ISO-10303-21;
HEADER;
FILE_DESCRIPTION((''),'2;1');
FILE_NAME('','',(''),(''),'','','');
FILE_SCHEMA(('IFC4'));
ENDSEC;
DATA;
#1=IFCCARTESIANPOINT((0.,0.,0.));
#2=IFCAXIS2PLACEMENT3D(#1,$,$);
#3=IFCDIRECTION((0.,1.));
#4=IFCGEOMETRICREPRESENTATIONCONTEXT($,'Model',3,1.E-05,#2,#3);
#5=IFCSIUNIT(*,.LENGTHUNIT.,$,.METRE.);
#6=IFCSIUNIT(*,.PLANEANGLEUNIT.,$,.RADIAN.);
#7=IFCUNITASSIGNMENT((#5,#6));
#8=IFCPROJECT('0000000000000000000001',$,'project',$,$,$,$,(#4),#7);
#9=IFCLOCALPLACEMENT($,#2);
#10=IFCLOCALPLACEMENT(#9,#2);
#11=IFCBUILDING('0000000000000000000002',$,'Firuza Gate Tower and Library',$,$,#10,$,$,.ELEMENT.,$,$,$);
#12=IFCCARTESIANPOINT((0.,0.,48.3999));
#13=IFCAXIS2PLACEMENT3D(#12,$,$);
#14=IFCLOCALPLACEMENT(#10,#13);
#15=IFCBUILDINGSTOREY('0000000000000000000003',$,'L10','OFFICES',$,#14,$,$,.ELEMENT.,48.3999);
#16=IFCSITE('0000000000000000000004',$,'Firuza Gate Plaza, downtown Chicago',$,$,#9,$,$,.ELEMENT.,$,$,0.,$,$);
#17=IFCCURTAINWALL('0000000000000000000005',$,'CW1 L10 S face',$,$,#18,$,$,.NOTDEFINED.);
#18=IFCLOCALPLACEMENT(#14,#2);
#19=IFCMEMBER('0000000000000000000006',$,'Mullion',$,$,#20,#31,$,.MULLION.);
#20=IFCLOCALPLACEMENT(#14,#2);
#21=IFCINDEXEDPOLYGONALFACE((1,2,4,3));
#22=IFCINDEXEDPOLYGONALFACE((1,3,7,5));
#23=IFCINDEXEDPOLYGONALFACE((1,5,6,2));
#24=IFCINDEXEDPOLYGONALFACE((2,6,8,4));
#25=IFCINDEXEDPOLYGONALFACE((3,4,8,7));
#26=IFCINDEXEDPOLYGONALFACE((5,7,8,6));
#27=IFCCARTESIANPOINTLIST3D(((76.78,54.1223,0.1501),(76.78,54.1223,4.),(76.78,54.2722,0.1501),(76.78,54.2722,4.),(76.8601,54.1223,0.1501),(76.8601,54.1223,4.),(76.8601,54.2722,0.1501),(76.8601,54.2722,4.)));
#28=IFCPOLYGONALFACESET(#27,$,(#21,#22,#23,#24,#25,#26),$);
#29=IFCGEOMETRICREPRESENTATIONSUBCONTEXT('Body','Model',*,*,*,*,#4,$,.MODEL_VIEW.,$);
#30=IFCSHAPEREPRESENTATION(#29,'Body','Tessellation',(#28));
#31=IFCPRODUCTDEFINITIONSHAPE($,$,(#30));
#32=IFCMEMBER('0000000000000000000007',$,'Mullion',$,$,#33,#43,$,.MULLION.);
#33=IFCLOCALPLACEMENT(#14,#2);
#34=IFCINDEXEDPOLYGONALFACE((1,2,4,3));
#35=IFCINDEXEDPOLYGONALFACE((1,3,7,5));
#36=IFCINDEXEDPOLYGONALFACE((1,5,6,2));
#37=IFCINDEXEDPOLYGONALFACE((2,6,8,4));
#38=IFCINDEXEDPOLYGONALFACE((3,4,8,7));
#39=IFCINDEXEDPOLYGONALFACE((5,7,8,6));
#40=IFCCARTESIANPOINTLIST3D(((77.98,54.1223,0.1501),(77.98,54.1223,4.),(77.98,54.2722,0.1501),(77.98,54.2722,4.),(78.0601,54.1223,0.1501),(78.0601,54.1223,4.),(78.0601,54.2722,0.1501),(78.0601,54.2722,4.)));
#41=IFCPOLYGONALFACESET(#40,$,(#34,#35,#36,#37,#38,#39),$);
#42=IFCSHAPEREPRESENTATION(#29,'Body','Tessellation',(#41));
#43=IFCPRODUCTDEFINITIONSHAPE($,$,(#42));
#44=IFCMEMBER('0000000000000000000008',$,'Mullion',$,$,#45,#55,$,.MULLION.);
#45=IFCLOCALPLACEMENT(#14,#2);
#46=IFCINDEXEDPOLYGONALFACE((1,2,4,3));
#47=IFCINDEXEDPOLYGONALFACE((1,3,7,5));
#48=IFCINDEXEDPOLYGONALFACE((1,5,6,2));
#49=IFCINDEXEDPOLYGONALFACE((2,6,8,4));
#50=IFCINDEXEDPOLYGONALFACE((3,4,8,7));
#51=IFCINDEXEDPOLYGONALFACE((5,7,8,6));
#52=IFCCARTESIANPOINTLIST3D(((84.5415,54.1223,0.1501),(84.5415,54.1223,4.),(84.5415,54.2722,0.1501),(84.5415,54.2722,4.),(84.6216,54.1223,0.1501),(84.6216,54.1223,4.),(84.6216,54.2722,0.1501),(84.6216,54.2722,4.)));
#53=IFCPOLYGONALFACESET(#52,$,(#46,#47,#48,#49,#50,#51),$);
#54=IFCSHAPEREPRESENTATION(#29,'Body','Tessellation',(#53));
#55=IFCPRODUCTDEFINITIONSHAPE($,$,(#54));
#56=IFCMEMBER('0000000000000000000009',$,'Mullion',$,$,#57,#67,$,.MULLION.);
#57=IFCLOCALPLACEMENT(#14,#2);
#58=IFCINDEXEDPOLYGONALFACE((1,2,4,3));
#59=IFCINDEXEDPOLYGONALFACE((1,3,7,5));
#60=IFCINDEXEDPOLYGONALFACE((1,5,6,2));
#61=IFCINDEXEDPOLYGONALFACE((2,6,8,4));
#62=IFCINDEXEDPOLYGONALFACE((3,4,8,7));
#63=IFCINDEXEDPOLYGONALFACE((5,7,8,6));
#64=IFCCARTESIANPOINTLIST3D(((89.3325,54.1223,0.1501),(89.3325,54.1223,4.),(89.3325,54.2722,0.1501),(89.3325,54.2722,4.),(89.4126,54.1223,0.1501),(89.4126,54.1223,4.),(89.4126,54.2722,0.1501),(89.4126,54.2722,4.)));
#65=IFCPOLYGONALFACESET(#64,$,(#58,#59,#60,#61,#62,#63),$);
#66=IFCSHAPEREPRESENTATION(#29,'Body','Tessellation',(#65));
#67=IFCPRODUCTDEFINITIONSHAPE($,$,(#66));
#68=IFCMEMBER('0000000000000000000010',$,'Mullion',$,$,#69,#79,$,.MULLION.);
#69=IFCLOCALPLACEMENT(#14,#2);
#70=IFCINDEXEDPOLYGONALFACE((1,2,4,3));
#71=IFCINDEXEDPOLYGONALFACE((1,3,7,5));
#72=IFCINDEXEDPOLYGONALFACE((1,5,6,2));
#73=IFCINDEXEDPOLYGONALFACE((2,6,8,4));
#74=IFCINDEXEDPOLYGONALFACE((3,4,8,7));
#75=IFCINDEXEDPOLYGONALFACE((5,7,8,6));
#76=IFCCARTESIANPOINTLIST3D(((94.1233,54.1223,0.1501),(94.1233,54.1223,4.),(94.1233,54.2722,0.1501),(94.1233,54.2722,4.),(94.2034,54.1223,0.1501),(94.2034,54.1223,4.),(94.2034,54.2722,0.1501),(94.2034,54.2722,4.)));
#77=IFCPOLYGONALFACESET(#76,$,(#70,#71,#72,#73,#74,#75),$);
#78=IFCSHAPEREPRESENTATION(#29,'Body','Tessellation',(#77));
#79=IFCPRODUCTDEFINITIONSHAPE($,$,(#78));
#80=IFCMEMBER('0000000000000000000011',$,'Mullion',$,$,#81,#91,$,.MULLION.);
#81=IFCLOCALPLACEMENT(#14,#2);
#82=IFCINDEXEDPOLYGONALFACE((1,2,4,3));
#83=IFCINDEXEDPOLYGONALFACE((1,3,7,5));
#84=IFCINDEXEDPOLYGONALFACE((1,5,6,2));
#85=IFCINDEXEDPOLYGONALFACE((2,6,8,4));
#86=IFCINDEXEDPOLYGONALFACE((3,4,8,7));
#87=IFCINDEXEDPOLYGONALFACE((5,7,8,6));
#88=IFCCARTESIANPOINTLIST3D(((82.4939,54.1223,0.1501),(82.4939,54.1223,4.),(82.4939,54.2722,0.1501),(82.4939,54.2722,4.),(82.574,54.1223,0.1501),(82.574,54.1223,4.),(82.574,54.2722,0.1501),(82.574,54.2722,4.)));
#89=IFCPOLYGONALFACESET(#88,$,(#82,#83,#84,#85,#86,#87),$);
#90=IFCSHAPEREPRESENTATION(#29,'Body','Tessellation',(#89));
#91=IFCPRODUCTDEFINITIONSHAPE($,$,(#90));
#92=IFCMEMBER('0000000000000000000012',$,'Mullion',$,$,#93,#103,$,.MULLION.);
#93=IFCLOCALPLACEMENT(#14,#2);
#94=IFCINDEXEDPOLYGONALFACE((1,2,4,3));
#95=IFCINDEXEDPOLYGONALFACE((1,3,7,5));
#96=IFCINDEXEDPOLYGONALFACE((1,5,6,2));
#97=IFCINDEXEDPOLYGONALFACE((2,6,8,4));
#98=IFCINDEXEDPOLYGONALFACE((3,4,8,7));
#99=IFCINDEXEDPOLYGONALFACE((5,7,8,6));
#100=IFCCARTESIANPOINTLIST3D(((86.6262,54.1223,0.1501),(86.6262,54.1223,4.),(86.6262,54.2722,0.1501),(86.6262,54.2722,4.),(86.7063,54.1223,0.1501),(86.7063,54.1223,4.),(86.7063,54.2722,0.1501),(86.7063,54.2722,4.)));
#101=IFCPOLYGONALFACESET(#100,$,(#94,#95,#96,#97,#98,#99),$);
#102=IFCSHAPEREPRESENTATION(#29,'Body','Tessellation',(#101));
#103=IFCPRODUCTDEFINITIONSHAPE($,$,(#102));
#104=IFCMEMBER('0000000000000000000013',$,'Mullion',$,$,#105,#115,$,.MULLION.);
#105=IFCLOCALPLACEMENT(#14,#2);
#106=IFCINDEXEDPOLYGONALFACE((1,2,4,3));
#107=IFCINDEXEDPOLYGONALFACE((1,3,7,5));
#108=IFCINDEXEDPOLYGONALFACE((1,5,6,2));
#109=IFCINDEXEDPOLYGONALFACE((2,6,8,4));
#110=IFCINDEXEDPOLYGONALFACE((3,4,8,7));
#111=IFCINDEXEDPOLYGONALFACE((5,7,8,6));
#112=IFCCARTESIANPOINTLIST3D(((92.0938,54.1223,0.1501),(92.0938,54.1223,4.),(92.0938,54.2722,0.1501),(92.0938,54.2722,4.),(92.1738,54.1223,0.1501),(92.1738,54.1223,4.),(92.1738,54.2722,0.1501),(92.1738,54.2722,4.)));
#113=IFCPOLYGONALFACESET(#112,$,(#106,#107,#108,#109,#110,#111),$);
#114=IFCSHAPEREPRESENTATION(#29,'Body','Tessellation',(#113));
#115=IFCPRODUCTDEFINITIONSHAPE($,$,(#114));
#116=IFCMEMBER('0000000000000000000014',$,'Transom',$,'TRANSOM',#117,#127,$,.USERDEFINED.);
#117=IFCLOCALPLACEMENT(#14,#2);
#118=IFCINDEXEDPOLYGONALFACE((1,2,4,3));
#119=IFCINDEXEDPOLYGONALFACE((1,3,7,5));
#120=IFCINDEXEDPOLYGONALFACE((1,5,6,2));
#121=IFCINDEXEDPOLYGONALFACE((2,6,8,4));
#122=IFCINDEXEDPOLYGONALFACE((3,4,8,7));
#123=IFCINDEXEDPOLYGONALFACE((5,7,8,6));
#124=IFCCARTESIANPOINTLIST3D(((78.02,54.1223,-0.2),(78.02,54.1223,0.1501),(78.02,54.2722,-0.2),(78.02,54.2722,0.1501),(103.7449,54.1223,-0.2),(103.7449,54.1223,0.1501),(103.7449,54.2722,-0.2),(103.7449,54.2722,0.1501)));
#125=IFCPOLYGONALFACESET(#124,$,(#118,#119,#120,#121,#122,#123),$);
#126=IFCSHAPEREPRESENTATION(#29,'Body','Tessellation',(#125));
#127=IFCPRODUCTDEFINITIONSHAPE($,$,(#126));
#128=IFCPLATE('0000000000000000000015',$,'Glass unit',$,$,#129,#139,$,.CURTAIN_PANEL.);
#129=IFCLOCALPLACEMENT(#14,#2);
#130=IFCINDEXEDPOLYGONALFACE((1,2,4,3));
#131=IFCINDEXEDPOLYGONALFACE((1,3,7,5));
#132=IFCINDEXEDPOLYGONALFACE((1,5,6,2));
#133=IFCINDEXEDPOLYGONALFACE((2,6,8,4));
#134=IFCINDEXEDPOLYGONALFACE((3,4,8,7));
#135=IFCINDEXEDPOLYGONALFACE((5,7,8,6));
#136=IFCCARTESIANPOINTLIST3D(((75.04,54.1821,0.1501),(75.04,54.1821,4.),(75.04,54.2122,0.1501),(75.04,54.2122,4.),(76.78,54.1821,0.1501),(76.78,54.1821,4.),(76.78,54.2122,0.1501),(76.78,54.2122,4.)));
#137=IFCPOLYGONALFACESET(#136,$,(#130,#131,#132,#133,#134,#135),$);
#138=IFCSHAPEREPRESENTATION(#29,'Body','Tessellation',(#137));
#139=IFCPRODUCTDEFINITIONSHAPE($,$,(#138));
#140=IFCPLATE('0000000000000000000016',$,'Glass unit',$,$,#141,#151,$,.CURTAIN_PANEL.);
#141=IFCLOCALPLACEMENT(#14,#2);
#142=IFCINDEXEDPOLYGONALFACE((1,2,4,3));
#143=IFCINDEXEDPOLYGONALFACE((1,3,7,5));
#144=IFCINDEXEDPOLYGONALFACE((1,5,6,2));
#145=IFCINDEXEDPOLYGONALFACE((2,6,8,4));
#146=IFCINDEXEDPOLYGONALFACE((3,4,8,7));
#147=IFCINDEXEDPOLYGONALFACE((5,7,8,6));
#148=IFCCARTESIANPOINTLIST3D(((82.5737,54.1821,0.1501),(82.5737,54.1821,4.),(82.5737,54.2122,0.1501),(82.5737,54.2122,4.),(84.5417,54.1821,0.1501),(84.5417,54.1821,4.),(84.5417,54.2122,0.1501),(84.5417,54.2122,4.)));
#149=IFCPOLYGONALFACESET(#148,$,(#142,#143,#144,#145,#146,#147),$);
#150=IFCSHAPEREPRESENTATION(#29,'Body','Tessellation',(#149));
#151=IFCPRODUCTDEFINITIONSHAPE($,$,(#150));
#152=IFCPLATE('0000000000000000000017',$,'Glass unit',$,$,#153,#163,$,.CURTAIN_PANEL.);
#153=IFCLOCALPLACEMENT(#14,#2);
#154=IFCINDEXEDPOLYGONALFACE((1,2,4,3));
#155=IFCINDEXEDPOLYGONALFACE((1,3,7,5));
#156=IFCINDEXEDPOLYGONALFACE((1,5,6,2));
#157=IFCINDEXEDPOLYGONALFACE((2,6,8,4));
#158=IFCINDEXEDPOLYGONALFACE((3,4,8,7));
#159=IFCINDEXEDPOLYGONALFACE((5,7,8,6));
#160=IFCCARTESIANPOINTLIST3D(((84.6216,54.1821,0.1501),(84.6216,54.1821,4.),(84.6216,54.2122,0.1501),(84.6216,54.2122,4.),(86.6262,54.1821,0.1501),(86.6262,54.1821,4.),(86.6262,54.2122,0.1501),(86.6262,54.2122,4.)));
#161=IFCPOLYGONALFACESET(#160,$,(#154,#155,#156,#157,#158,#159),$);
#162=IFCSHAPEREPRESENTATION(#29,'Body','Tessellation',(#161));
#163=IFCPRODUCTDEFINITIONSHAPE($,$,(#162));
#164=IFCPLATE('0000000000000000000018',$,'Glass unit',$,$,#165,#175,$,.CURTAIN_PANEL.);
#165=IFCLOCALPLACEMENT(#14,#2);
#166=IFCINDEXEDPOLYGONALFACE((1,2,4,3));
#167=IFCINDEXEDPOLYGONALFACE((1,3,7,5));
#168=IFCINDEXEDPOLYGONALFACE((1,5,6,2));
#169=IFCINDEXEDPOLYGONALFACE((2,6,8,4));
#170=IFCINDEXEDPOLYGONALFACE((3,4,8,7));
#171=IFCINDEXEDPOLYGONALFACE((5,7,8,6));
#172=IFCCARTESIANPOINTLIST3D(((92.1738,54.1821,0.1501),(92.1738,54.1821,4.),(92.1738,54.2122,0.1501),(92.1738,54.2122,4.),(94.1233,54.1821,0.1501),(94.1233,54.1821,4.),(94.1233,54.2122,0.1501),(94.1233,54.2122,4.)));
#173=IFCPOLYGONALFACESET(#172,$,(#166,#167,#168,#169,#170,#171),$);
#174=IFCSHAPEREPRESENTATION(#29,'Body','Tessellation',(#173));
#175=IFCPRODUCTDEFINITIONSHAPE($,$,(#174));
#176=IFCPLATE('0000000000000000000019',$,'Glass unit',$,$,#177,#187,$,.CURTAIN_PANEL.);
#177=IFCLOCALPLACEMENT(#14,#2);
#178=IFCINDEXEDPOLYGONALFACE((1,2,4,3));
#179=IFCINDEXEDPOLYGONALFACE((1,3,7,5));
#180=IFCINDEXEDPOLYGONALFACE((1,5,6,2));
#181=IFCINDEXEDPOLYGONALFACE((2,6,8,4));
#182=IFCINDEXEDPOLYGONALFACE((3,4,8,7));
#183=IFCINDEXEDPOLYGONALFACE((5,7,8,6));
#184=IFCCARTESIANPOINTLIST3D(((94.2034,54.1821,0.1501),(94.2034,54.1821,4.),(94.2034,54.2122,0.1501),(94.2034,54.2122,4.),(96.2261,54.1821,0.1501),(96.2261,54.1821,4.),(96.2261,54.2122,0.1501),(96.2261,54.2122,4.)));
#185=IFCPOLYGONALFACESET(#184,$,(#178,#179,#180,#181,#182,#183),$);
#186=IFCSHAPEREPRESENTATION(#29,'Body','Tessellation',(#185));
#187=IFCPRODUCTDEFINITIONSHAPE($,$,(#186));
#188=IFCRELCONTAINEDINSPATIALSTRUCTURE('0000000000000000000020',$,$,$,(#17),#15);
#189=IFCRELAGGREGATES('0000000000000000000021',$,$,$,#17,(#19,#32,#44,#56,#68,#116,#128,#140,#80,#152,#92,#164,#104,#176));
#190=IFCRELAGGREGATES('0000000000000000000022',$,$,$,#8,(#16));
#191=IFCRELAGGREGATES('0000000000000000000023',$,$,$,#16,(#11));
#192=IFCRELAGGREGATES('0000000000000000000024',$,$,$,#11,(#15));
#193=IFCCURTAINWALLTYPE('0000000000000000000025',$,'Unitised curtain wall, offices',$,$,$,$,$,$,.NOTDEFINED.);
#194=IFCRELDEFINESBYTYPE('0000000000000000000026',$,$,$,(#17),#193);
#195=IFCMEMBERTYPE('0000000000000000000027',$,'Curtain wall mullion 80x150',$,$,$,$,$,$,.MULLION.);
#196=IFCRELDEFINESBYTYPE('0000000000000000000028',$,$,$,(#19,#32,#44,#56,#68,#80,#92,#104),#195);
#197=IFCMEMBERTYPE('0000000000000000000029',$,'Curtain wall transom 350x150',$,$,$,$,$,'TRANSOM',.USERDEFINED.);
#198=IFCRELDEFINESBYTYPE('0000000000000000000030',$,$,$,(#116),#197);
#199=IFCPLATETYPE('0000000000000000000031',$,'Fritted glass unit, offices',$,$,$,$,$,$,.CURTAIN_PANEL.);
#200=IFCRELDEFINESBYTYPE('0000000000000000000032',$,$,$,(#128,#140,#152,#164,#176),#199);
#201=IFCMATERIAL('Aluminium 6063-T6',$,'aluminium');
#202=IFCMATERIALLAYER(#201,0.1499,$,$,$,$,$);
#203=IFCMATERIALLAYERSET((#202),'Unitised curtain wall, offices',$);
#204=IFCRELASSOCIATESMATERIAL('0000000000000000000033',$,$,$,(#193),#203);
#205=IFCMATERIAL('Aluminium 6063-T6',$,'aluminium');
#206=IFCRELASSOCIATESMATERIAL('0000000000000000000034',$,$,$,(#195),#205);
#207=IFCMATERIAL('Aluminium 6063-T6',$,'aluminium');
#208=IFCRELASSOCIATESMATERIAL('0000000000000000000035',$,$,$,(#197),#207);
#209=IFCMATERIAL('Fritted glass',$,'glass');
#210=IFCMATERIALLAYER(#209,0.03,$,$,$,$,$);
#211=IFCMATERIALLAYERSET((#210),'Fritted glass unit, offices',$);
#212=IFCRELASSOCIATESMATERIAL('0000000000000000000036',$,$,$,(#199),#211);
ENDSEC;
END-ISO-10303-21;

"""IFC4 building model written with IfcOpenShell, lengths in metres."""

from ifc_helpers import new_model, si_unit, direction, frame, origin, origin_2d, place, context, subcontext, project, spatial, polyline, rectangle, outline, extrude, material, layer, layer_set, material_profile, profile_set, type_object, element, aggregate, save


model = new_model("IFC4")

# Units and contexts
model_context = context("Model", 3, precision=1e-05, world=origin(), true_north=direction((0.0, 1.0)))
body_context = subcontext(model_context, "Body", "Model", "MODEL_VIEW")
ifc_project = project(units=[si_unit("LENGTHUNIT", "METRE"), si_unit("PLANEANGLEUNIT", "RADIAN")], contexts=[model_context])

# Site, building, storey
site_placement = place(None, origin())
site = spatial("IfcSite", under=ifc_project, at=site_placement, Name="Firuza Gate Plaza, downtown Chicago", CompositionType="ELEMENT", RefElevation=0.0)
building_placement = place(site_placement, origin())
building = spatial("IfcBuilding", under=site, at=building_placement, Name="Firuza Gate Tower and Library", CompositionType="ELEMENT")
storey_placement = place(building_placement, frame((0.0, 0.0, 48.3999)))
storey = spatial("IfcBuildingStorey", under=building, at=storey_placement, Name="L10", Description="OFFICES", CompositionType="ELEMENT", Elevation=48.3999)

# Curtain wall, members, plates
ifc_material_1 = material(Name="Aluminium 6063-T6", Category="aluminium")
ifc_layer_1 = layer(ifc_material_1, 0.1499)
ifc_layer_set_1 = layer_set([ifc_layer_1], Name="Unitised curtain wall, offices")
curtain_wall_type = type_object("IfcCurtainWallType", Name="Unitised curtain wall, offices", PredefinedType="NOTDEFINED", material=ifc_layer_set_1)
curtain_wall_placement = place(storey_placement, origin())
curtain_wall = element("IfcCurtainWall", 1, at=curtain_wall_placement, inside=storey, type_object=curtain_wall_type, Name="CW1 L10 S face", PredefinedType="NOTDEFINED")
ifc_material_2 = material(Name="Aluminium 6063-T6", Category="aluminium")
ifc_material_profile_1 = material_profile(ifc_material_2, rectangle(XDim=0.1499, YDim=0.0801, at=origin_2d()))
ifc_profile_set_1 = profile_set([ifc_material_profile_1], Name="Aluminium 6063-T6")
member_type_1 = type_object("IfcMemberType", Name="Curtain wall mullion 80x150", PredefinedType="MULLION", material=ifc_profile_set_1)
member_1_placement = place(storey_placement, frame((76.8201, 54.1973, 0.1501), z_axis=(0.0, 0.0, 1.0), x_axis=(0.0, 1.0, 0.0)))
member_1 = element("IfcMember", 2, at=member_1_placement, type_object=member_type_1, Name="Mullion", PredefinedType="MULLION", context=body_context, shape_type="SweptSolid", body=[
    extrude(rectangle(XDim=0.1499, YDim=0.0801, at=origin_2d()), origin(), (0.0, 0.0, 1.0), 3.8499),
])
member_2_placement = place(storey_placement, frame((78.02, 54.1973, 0.1501), z_axis=(0.0, 0.0, 1.0), x_axis=(0.0, 1.0, 0.0)))
member_2 = element("IfcMember", 3, at=member_2_placement, type_object=member_type_1, Name="Mullion", PredefinedType="MULLION", context=body_context, shape_type="SweptSolid", body=[
    extrude(rectangle(XDim=0.1499, YDim=0.0801, at=origin_2d()), origin(), (0.0, 0.0, 1.0), 3.8499),
])
member_3_placement = place(storey_placement, frame((84.5815, 54.1973, 0.1501), z_axis=(0.0, 0.0, 1.0), x_axis=(0.0, 1.0, 0.0)))
member_3 = element("IfcMember", 4, at=member_3_placement, type_object=member_type_1, Name="Mullion", PredefinedType="MULLION", context=body_context, shape_type="SweptSolid", body=[
    extrude(rectangle(XDim=0.1499, YDim=0.0801, at=origin_2d()), origin(), (0.0, 0.0, 1.0), 3.8499),
])
member_4_placement = place(storey_placement, frame((89.3726, 54.1973, 0.1501), z_axis=(0.0, 0.0, 1.0), x_axis=(0.0, 1.0, 0.0)))
member_4 = element("IfcMember", 5, at=member_4_placement, type_object=member_type_1, Name="Mullion", PredefinedType="MULLION", context=body_context, shape_type="SweptSolid", body=[
    extrude(rectangle(XDim=0.1499, YDim=0.0801, at=origin_2d()), origin(), (0.0, 0.0, 1.0), 3.8499),
])
member_5_placement = place(storey_placement, frame((94.1633, 54.1973, 0.1501), z_axis=(0.0, 0.0, 1.0), x_axis=(0.0, 1.0, 0.0)))
member_5 = element("IfcMember", 6, at=member_5_placement, type_object=member_type_1, Name="Mullion", PredefinedType="MULLION", context=body_context, shape_type="SweptSolid", body=[
    extrude(rectangle(XDim=0.1499, YDim=0.0801, at=origin_2d()), origin(), (0.0, 0.0, 1.0), 3.8499),
])
member_6_placement = place(storey_placement, frame((82.5339, 54.1973, 0.1501), z_axis=(0.0, 0.0, 1.0), x_axis=(0.0, 1.0, 0.0)))
member_6 = element("IfcMember", 7, at=member_6_placement, type_object=member_type_1, Name="Mullion", PredefinedType="MULLION", context=body_context, shape_type="SweptSolid", body=[
    extrude(rectangle(XDim=0.1499, YDim=0.0801, at=origin_2d()), origin(), (0.0, 0.0, 1.0), 3.8499),
])
member_7_placement = place(storey_placement, frame((86.6663, 54.1973, 0.1501), z_axis=(0.0, 0.0, 1.0), x_axis=(0.0, 1.0, 0.0)))
member_7 = element("IfcMember", 8, at=member_7_placement, type_object=member_type_1, Name="Mullion", PredefinedType="MULLION", context=body_context, shape_type="SweptSolid", body=[
    extrude(rectangle(XDim=0.1499, YDim=0.0801, at=origin_2d()), origin(), (0.0, 0.0, 1.0), 3.8499),
])
member_8_placement = place(storey_placement, frame((92.1338, 54.1973, 0.1501), z_axis=(0.0, 0.0, 1.0), x_axis=(0.0, 1.0, 0.0)))
member_8 = element("IfcMember", 9, at=member_8_placement, type_object=member_type_1, Name="Mullion", PredefinedType="MULLION", context=body_context, shape_type="SweptSolid", body=[
    extrude(rectangle(XDim=0.1499, YDim=0.0801, at=origin_2d()), origin(), (0.0, 0.0, 1.0), 3.8499),
])
ifc_material_3 = material(Name="Aluminium 6063-T6", Category="aluminium")
ifc_material_profile_2 = material_profile(ifc_material_3, rectangle(XDim=0.1499, YDim=0.3501, at=origin_2d()))
ifc_profile_set_2 = profile_set([ifc_material_profile_2], Name="Aluminium 6063-T6")
member_type_2 = type_object("IfcMemberType", Name="Curtain wall transom 350x150", ElementType="TRANSOM", PredefinedType="USERDEFINED", material=ifc_profile_set_2)
member_9_placement = place(storey_placement, frame((78.02, 54.1973, -0.0249), z_axis=(1.0, 0.0, 0.0), x_axis=(0.0, 1.0, 0.0)))
member_9 = element("IfcMember", 10, at=member_9_placement, type_object=member_type_2, Name="Transom", ObjectType="TRANSOM", PredefinedType="USERDEFINED", context=body_context, shape_type="SweptSolid", body=[
    extrude(rectangle(XDim=0.1499, YDim=0.3501, at=origin_2d()), origin(), (0.0, 0.0, 1.0), 25.7249),
])
ifc_material_4 = material(Name="Fritted glass", Category="glass")
ifc_layer_2 = layer(ifc_material_4, 0.03)
ifc_layer_set_2 = layer_set([ifc_layer_2], Name="Fritted glass unit, offices")
plate_type_1 = type_object("IfcPlateType", Name="Fritted glass unit, offices", PredefinedType="CURTAIN_PANEL", material=ifc_layer_set_2)
plate_1_placement = place(storey_placement, frame((75.04, 54.1821, 0.1501), z_axis=(0.0, -1.0, 0.0), x_axis=(1.0, 0.0, 0.0)))
plate_1 = element("IfcPlate", 11, at=plate_1_placement, type_object=plate_type_1, Name="Glass unit", PredefinedType="CURTAIN_PANEL", context=body_context, shape_type="SweptSolid", body=[
    extrude(outline(polyline([(0.0, 0.0), (1.74, 0.0), (1.74, 3.8499), (0.0, 3.8499), (0.0, 0.0)])), origin(), (0.0, 0.0, -1.0), 0.03),
])
plate_2_placement = place(storey_placement, frame((82.5737, 54.1821, 0.1501), z_axis=(0.0, -1.0, 0.0), x_axis=(1.0, 0.0, 0.0)))
plate_2 = element("IfcPlate", 12, at=plate_2_placement, type_object=plate_type_1, Name="Glass unit", PredefinedType="CURTAIN_PANEL", context=body_context, shape_type="SweptSolid", body=[
    extrude(outline(polyline([(0.0, 0.0), (1.968, 0.0), (1.968, 3.8499), (0.0, 3.8499), (0.0, 0.0)])), origin(), (0.0, 0.0, -1.0), 0.03),
])
plate_3_placement = place(storey_placement, frame((84.6216, 54.1821, 0.1501), z_axis=(0.0, -1.0, 0.0), x_axis=(1.0, 0.0, 0.0)))
plate_3 = element("IfcPlate", 13, at=plate_3_placement, type_object=plate_type_1, Name="Glass unit", PredefinedType="CURTAIN_PANEL", context=body_context, shape_type="SweptSolid", body=[
    extrude(outline(polyline([(0.0, 0.0), (2.0046, 0.0), (2.0046, 3.8499), (0.0, 3.8499), (0.0, 0.0)])), origin(), (0.0, 0.0, -1.0), 0.03),
])
plate_4_placement = place(storey_placement, frame((92.1738, 54.1821, 0.1501), z_axis=(0.0, -1.0, 0.0), x_axis=(1.0, 0.0, 0.0)))
plate_4 = element("IfcPlate", 14, at=plate_4_placement, type_object=plate_type_1, Name="Glass unit", PredefinedType="CURTAIN_PANEL", context=body_context, shape_type="SweptSolid", body=[
    extrude(outline(polyline([(0.0, 0.0), (1.9495, 0.0), (1.9495, 3.8499), (0.0, 3.8499), (0.0, 0.0)])), origin(), (0.0, 0.0, -1.0), 0.03),
])
plate_5_placement = place(storey_placement, frame((94.2034, 54.1821, 0.1501), z_axis=(0.0, -1.0, 0.0), x_axis=(1.0, 0.0, 0.0)))
plate_5 = element("IfcPlate", 15, at=plate_5_placement, type_object=plate_type_1, Name="Glass unit", PredefinedType="CURTAIN_PANEL", context=body_context, shape_type="SweptSolid", body=[
    extrude(outline(polyline([(0.0, 0.0), (2.0227, 0.0), (2.0227, 3.8499), (0.0, 3.8499), (0.0, 0.0)])), origin(), (0.0, 0.0, -1.0), 0.03),
])

aggregate(curtain_wall, [member_1, member_2, member_3, member_4, member_5, member_9, plate_1, plate_2, member_6, plate_3, member_7, plate_4, member_8, plate_5])

save(model, "model.ifc")
